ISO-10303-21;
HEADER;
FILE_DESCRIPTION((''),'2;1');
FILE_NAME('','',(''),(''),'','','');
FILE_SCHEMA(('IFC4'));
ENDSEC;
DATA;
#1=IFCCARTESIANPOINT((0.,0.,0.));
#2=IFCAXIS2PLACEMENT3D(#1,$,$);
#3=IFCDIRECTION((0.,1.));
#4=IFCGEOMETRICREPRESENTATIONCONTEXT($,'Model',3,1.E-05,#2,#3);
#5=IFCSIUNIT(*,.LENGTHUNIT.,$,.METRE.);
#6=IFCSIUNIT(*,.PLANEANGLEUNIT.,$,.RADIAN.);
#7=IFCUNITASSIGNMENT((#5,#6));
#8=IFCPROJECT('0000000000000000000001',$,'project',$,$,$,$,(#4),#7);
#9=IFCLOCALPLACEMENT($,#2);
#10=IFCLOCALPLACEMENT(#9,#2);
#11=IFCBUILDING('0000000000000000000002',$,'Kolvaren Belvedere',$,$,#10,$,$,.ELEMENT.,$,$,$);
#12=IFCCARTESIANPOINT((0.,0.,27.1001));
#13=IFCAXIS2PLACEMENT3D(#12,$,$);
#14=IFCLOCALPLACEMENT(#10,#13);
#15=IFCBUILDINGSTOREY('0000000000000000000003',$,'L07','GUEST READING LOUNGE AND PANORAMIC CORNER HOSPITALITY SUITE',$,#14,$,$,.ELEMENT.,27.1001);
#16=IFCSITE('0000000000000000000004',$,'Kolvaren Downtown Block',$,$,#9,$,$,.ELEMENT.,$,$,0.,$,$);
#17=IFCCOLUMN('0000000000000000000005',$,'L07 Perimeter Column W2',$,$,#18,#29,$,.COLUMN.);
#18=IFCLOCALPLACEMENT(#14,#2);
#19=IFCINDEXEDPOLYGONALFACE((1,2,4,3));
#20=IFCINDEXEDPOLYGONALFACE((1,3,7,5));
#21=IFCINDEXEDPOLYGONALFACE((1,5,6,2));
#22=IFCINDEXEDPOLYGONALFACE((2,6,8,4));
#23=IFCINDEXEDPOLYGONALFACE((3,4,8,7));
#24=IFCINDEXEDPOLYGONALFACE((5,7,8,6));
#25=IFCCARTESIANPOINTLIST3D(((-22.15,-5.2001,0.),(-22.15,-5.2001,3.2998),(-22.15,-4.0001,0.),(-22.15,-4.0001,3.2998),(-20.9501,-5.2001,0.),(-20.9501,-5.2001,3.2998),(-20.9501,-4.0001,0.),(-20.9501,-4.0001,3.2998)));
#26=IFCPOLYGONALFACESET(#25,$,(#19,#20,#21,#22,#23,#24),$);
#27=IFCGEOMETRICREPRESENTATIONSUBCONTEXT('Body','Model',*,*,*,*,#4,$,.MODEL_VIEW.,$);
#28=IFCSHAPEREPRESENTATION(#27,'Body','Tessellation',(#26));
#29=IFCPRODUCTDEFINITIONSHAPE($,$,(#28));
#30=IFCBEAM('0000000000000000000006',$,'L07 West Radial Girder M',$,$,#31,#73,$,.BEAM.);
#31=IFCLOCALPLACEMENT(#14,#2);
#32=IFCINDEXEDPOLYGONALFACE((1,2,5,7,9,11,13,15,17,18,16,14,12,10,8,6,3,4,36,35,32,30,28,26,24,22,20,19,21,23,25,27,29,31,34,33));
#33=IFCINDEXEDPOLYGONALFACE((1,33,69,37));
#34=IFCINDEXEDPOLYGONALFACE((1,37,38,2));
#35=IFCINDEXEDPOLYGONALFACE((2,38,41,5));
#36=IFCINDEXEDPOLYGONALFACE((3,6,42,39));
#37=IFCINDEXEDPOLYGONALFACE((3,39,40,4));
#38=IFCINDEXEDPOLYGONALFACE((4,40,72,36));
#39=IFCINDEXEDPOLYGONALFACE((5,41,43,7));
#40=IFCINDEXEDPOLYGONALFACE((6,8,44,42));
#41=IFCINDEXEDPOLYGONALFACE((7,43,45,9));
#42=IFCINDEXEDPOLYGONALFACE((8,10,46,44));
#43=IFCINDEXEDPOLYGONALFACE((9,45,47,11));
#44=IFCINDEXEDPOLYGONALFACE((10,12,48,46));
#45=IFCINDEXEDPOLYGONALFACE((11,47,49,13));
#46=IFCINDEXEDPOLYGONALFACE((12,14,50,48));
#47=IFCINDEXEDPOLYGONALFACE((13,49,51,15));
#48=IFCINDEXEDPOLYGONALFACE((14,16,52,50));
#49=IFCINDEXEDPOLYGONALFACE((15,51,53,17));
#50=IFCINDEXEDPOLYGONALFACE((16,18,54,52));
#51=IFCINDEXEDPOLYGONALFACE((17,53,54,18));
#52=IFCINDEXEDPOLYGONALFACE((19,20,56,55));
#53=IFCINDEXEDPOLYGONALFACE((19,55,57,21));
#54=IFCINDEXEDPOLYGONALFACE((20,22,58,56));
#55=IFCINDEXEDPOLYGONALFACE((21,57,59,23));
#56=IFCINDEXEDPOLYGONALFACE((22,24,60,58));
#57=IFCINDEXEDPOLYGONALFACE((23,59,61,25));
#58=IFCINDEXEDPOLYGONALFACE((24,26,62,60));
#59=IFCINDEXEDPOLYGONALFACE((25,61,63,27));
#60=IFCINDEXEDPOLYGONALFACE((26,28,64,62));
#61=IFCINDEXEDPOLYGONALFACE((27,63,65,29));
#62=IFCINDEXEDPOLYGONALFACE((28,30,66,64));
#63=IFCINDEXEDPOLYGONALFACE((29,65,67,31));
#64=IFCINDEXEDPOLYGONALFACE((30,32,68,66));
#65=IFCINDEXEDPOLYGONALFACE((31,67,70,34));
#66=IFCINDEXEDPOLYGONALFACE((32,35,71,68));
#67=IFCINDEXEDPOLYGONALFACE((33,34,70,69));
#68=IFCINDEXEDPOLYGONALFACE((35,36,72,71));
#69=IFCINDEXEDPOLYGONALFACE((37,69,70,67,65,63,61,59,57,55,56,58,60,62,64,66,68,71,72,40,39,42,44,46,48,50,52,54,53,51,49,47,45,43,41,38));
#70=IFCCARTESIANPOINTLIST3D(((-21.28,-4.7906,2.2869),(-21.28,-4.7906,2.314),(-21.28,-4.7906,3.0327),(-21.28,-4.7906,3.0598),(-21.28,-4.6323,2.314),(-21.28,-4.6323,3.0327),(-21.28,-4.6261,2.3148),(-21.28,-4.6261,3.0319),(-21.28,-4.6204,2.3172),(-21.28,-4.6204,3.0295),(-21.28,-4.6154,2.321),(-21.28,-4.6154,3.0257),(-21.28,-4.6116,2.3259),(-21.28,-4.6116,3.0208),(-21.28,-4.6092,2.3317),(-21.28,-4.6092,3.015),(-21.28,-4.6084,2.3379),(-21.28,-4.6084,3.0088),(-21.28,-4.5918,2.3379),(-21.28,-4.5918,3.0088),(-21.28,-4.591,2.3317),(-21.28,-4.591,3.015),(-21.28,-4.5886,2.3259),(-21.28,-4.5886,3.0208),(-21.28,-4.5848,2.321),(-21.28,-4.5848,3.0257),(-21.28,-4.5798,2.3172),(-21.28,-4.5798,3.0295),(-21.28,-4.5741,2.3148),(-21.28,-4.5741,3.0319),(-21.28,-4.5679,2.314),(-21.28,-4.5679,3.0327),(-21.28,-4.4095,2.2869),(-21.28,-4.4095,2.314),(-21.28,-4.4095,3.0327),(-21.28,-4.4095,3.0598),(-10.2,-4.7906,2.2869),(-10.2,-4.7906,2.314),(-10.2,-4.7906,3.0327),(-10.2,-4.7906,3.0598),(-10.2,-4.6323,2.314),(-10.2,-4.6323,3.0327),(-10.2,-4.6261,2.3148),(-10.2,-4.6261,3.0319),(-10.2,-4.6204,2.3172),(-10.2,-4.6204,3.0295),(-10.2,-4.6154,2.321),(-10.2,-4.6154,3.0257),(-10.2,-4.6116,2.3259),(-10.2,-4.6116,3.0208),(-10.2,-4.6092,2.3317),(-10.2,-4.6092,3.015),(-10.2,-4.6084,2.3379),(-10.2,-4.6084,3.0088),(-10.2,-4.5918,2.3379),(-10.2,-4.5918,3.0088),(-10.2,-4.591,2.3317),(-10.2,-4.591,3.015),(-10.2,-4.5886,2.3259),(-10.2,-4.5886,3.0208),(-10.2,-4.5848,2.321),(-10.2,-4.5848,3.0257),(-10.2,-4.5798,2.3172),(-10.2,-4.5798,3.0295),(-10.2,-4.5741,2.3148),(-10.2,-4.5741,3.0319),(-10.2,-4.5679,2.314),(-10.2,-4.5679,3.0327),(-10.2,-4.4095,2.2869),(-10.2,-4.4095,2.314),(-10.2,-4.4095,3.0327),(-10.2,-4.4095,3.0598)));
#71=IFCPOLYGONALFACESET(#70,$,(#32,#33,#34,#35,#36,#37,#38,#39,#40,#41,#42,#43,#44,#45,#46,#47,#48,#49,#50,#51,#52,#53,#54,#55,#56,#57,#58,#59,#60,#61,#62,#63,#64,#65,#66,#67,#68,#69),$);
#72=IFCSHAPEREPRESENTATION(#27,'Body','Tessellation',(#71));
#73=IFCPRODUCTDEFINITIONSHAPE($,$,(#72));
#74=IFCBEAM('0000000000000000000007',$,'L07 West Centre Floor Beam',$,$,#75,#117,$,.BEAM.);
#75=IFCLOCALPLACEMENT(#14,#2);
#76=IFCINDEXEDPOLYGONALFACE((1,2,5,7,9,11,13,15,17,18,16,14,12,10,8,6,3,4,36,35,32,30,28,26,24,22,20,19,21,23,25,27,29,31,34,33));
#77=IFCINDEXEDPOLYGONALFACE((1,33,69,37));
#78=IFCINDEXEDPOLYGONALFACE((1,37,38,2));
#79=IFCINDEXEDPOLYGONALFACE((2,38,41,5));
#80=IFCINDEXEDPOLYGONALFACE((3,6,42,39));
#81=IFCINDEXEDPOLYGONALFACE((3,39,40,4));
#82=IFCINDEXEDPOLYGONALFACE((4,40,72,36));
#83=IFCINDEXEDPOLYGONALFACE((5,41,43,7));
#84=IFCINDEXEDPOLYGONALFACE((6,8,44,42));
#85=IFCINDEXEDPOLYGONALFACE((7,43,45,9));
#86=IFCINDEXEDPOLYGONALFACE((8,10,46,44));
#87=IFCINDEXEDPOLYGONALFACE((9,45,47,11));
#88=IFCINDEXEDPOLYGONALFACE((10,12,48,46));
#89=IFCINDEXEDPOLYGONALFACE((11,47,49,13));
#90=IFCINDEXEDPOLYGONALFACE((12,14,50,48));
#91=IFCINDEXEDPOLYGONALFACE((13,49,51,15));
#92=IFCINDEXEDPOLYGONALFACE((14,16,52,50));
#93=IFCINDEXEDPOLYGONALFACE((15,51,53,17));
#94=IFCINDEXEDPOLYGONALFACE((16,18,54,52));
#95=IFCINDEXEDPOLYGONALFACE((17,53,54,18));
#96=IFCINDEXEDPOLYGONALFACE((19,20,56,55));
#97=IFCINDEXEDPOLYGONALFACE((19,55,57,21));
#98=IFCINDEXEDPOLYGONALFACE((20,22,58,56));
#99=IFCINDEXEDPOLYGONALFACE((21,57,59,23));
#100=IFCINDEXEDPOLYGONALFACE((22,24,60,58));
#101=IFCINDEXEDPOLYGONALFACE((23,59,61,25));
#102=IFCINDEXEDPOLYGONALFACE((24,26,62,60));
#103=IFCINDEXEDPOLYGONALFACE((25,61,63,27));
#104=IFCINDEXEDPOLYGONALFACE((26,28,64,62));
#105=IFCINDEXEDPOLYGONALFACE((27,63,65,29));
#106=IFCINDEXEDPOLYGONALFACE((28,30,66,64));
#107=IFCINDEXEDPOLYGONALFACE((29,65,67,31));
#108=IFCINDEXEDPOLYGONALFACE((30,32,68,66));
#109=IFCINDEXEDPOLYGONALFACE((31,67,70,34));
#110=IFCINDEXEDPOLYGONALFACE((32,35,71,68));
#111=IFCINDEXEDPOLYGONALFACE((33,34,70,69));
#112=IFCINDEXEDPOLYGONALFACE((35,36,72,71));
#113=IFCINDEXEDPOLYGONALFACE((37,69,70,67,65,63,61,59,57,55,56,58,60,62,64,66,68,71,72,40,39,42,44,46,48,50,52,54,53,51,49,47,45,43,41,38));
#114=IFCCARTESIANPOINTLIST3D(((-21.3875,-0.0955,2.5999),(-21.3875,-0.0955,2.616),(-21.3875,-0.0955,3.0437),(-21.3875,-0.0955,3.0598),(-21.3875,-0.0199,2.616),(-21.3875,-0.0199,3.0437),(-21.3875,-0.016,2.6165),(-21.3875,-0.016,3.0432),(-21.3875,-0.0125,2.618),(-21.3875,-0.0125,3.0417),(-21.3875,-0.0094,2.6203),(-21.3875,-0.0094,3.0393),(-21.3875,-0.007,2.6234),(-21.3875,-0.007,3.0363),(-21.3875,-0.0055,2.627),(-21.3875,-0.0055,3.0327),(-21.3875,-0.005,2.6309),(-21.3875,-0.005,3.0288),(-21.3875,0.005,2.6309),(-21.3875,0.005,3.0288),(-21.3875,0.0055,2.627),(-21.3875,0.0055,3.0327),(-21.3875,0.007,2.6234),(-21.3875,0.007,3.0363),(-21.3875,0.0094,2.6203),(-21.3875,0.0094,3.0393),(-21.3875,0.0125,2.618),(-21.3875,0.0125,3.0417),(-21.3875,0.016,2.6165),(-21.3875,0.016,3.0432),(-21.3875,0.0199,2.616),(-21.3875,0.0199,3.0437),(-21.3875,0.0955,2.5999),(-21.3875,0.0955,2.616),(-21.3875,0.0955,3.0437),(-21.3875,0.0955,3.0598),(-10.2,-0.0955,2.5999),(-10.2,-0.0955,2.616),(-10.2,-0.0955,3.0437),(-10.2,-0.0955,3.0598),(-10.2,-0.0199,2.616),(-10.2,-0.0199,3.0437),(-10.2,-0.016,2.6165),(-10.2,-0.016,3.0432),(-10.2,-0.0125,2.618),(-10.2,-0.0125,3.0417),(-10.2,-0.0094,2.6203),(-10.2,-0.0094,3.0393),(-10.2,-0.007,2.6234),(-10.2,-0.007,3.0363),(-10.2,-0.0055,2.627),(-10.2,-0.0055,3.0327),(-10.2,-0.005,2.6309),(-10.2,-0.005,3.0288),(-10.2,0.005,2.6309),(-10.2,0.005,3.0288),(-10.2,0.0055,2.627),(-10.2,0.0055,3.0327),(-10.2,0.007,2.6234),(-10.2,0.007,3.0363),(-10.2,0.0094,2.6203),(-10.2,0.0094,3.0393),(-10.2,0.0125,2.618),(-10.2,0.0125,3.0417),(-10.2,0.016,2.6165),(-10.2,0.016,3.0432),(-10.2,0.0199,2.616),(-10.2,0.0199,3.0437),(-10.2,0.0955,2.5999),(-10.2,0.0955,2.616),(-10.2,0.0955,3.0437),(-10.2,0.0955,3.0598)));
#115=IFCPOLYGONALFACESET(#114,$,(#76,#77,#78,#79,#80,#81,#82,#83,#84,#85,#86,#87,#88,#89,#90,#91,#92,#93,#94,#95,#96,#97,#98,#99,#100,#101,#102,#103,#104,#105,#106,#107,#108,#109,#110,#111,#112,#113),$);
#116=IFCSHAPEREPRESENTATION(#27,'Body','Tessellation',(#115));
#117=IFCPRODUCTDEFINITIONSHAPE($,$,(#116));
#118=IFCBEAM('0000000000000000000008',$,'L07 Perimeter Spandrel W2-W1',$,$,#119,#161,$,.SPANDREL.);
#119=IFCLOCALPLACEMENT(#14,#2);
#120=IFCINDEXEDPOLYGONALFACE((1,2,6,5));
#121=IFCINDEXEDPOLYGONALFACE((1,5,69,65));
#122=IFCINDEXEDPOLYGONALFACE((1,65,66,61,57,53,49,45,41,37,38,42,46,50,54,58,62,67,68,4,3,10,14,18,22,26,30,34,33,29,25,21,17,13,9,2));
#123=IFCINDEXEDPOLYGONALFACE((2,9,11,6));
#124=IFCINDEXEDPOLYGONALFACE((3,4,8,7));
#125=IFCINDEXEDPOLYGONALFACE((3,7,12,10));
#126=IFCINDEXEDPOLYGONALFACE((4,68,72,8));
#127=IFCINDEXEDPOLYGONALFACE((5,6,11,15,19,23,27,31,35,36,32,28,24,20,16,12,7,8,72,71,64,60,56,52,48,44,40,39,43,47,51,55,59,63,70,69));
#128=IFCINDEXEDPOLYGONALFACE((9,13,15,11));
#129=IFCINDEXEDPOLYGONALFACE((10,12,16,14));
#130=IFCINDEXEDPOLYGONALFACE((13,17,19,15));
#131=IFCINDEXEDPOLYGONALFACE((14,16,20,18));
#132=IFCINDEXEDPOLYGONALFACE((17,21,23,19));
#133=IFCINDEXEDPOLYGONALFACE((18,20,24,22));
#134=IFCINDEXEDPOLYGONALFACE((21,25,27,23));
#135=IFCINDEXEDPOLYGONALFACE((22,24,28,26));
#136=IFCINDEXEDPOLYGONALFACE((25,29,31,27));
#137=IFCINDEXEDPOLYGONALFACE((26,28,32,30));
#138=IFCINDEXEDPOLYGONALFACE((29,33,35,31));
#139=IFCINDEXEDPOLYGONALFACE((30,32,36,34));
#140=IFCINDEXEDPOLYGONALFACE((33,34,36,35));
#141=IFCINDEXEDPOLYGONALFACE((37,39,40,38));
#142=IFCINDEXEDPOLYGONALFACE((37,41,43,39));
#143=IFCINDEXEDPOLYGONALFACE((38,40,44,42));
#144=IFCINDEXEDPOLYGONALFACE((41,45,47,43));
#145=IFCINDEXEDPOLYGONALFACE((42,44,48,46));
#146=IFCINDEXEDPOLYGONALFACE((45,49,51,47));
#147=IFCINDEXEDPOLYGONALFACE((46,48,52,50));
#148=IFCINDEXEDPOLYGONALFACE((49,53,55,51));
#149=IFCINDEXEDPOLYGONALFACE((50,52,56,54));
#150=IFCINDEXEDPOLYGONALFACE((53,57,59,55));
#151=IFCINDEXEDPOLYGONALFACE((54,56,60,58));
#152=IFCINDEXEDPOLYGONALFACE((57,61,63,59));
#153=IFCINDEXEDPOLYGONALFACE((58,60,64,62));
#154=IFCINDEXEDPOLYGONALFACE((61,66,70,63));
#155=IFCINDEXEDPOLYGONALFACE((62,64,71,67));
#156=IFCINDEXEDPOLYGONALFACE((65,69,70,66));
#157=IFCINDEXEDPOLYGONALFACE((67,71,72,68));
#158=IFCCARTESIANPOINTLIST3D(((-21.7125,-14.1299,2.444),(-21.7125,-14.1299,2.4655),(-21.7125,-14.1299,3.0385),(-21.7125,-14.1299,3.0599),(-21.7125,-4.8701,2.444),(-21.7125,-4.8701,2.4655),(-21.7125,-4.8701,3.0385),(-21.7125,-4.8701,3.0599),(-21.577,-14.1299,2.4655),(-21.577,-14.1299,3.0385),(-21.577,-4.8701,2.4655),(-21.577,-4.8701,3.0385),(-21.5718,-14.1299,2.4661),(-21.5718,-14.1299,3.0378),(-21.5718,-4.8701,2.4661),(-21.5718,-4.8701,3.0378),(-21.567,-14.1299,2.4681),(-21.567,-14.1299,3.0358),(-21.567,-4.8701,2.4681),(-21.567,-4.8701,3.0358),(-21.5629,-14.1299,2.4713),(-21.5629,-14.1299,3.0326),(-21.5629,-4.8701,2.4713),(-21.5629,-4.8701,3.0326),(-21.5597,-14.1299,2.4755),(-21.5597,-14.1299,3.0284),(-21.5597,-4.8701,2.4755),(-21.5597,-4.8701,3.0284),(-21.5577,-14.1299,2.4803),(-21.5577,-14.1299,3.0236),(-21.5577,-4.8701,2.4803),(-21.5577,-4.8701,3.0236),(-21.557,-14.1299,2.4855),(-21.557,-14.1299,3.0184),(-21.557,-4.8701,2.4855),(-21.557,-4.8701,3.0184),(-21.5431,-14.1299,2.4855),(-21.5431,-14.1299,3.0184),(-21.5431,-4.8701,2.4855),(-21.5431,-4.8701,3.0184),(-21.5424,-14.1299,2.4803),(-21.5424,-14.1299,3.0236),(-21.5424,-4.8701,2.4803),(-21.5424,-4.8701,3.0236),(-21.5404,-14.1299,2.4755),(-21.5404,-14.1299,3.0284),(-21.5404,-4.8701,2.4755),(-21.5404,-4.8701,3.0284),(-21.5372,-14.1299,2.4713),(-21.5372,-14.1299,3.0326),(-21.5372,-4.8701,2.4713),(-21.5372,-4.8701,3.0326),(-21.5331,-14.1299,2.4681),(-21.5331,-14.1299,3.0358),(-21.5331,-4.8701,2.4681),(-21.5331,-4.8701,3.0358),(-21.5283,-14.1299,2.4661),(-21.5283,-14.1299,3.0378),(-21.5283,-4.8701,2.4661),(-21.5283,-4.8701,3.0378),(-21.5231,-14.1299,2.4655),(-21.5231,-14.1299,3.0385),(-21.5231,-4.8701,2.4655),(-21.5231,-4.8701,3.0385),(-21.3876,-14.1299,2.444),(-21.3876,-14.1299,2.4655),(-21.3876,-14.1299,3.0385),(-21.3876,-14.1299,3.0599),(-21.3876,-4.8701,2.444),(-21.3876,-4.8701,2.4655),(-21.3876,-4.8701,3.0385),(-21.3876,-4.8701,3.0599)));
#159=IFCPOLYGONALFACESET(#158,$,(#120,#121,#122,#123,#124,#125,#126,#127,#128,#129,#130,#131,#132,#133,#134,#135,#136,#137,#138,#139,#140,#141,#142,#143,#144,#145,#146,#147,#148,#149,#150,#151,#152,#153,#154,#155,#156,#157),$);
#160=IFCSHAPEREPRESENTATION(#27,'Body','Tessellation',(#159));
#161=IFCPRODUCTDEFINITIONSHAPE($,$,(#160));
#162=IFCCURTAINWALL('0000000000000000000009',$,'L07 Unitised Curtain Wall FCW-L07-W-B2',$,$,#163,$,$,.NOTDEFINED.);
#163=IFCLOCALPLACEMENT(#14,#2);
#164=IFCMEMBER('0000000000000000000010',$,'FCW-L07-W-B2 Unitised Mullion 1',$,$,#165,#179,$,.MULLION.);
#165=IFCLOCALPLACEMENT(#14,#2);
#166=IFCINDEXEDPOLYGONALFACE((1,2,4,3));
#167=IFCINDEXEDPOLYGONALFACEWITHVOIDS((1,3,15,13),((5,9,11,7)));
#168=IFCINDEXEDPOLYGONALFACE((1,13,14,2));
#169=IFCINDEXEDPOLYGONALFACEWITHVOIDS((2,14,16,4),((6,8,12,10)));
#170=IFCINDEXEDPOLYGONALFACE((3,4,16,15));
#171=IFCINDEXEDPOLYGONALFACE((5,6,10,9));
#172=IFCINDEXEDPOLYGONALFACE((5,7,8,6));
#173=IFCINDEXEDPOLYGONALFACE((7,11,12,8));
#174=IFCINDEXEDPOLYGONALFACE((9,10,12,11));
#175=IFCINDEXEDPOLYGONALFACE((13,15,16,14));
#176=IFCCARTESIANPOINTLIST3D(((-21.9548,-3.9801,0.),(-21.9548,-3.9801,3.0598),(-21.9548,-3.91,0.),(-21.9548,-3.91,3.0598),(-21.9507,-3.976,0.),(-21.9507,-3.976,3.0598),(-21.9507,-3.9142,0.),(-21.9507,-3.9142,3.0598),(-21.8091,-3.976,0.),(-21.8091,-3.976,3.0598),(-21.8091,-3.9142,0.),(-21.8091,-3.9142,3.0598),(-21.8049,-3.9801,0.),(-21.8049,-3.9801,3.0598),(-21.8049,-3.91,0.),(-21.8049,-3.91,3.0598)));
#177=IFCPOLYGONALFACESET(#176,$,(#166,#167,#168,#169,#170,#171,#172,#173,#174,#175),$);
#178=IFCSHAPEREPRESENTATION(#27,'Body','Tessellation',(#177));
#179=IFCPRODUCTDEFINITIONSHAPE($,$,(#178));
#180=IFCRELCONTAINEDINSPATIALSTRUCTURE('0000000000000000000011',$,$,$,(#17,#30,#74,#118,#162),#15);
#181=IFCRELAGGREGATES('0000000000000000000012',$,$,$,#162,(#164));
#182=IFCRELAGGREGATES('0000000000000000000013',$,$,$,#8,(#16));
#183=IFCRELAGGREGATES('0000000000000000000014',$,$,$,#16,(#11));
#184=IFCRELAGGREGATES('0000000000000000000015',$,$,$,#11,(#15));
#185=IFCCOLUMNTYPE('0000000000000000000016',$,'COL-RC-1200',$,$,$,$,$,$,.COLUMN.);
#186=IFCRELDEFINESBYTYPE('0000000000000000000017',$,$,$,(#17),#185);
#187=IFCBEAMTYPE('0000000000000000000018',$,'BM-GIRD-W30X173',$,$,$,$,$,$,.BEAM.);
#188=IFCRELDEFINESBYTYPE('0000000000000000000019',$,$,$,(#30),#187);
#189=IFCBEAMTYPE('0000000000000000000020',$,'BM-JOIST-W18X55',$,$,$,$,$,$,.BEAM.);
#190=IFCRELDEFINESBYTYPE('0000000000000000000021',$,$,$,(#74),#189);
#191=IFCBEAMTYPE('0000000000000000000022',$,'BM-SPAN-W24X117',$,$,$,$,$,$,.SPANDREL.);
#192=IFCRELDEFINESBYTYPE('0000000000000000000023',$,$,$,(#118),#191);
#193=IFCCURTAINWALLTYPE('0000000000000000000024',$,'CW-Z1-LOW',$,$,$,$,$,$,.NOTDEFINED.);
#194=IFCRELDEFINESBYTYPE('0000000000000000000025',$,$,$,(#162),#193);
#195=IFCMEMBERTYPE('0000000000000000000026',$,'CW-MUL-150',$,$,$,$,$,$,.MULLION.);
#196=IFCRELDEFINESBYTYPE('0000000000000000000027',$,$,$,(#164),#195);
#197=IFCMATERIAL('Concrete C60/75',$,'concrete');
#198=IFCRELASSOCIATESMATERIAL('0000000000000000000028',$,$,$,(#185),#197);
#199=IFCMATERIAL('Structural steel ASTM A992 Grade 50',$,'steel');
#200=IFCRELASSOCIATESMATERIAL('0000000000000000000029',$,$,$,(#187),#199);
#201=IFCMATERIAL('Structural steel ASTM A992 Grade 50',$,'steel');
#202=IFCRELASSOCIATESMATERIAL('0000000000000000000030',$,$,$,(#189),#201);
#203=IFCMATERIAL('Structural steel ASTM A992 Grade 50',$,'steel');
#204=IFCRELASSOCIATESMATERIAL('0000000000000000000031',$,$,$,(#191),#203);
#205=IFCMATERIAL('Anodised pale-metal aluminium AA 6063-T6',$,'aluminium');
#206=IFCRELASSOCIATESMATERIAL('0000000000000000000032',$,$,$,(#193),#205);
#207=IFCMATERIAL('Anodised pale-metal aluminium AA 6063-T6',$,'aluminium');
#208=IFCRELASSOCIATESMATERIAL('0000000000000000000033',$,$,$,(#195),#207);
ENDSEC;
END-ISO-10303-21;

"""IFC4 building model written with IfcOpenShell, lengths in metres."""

from ifc_helpers import new_model, si_unit, direction, frame, origin, origin_2d, place, context, subcontext, project, spatial, rectangle, hollow_rectangle, i_section, extrude, material, material_profile, profile_set, type_object, element, aggregate, save


model = new_model("IFC4")

# Units and contexts
model_context = context("Model", 3, precision=1e-05, world=origin(), true_north=direction((0.0, 1.0)))
body_context = subcontext(model_context, "Body", "Model", "MODEL_VIEW")
ifc_project = project(units=[si_unit("LENGTHUNIT", "METRE"), si_unit("PLANEANGLEUNIT", "RADIAN")], contexts=[model_context])

# Site, building, storey
site_placement = place(None, origin())
site = spatial("IfcSite", under=ifc_project, at=site_placement, Name="Kolvaren Downtown Block", CompositionType="ELEMENT", RefElevation=0.0)
building_placement = place(site_placement, origin())
building = spatial("IfcBuilding", under=site, at=building_placement, Name="Kolvaren Belvedere", CompositionType="ELEMENT")
storey_placement = place(building_placement, frame((0.0, 0.0, 27.1001)))
storey = spatial("IfcBuildingStorey", under=building, at=storey_placement, Name="L07", Description="GUEST READING LOUNGE AND PANORAMIC CORNER HOSPITALITY SUITE", CompositionType="ELEMENT", Elevation=27.1001)

# Column
ifc_material_1 = material(Name="Concrete C60/75", Category="concrete")
ifc_material_profile_1 = material_profile(ifc_material_1, rectangle(XDim=1.2, YDim=1.2, at=origin_2d()), Name="RC 1200X1200")
ifc_profile_set_1 = profile_set([ifc_material_profile_1], Name="Concrete C60/75")
column_type = type_object("IfcColumnType", Name="COL-RC-1200", PredefinedType="COLUMN", material=ifc_profile_set_1)
column_placement = place(storey_placement, frame((-21.55, -4.6001, 0.0), z_axis=(0.0, 0.0, 1.0), x_axis=(1.0, 0.0, 0.0)))
element("IfcColumn", 1, at=column_placement, inside=storey, type_object=column_type, Name="L07 Perimeter Column W2", PredefinedType="COLUMN", context=body_context, shape_type="SweptSolid", body=[
    extrude(rectangle(XDim=1.2, YDim=1.2, at=origin_2d()), origin(), (0.0, 0.0, 1.0), 3.2998),
])

# Beams
ifc_material_2 = material(Name="Structural steel ASTM A992 Grade 50", Category="steel")
ifc_material_profile_2 = material_profile(ifc_material_2, i_section(OverallWidth=0.3811, OverallDepth=0.7729, WebThickness=0.0166, FlangeThickness=0.0271, FilletRadius=0.0239, at=origin_2d()), Name="W30X173")
ifc_profile_set_2 = profile_set([ifc_material_profile_2], Name="Structural steel ASTM A992 Grade 50")
beam_type_1 = type_object("IfcBeamType", Name="BM-GIRD-W30X173", PredefinedType="BEAM", material=ifc_profile_set_2)
beam_1_placement = place(storey_placement, frame((-10.2, -4.6001, 2.6733), z_axis=(-1.0, 0.0, 0.0), x_axis=(0.0, -1.0, 0.0)))
element("IfcBeam", 2, at=beam_1_placement, inside=storey, type_object=beam_type_1, Name="L07 West Radial Girder M", PredefinedType="BEAM", context=body_context, shape_type="SweptSolid", body=[
    extrude(i_section(OverallWidth=0.3811, OverallDepth=0.7729, WebThickness=0.0166, FlangeThickness=0.0271, FilletRadius=0.0239, at=origin_2d()), origin(), (0.0, 0.0, 1.0), 11.0801),
])
ifc_material_3 = material(Name="Structural steel ASTM A992 Grade 50", Category="steel")
ifc_material_profile_3 = material_profile(ifc_material_3, i_section(OverallWidth=0.1909, OverallDepth=0.46, WebThickness=0.01, FlangeThickness=0.0161, FilletRadius=0.0149, at=origin_2d()), Name="W18X55")
ifc_profile_set_3 = profile_set([ifc_material_profile_3], Name="Structural steel ASTM A992 Grade 50")
beam_type_2 = type_object("IfcBeamType", Name="BM-JOIST-W18X55", PredefinedType="BEAM", material=ifc_profile_set_3)
beam_2_placement = place(storey_placement, frame((-10.2, 0.0, 2.8298), z_axis=(-1.0, 0.0, 0.0), x_axis=(0.0, -1.0, 0.0)))
element("IfcBeam", 3, at=beam_2_placement, inside=storey, type_object=beam_type_2, Name="L07 West Centre Floor Beam", PredefinedType="BEAM", context=body_context, shape_type="SweptSolid", body=[
    extrude(i_section(OverallWidth=0.1909, OverallDepth=0.46, WebThickness=0.01, FlangeThickness=0.0161, FilletRadius=0.0149, at=origin_2d()), origin(), (0.0, 0.0, 1.0), 11.1875),
])
ifc_material_4 = material(Name="Structural steel ASTM A992 Grade 50", Category="steel")
ifc_material_profile_4 = material_profile(ifc_material_4, i_section(OverallWidth=0.325, OverallDepth=0.616, WebThickness=0.0139, FlangeThickness=0.0215, FilletRadius=0.02, at=origin_2d()), Name="W24X117")
ifc_profile_set_4 = profile_set([ifc_material_profile_4], Name="Structural steel ASTM A992 Grade 50")
beam_type_3 = type_object("IfcBeamType", Name="BM-SPAN-W24X117", PredefinedType="SPANDREL", material=ifc_profile_set_4)
beam_3_placement = place(storey_placement, frame((-21.55, -4.8701, 2.752), z_axis=(0.0, -1.0, 0.0), x_axis=(1.0, 0.0, 0.0)))
element("IfcBeam", 4, at=beam_3_placement, inside=storey, type_object=beam_type_3, Name="L07 Perimeter Spandrel W2-W1", PredefinedType="SPANDREL", context=body_context, shape_type="SweptSolid", body=[
    extrude(i_section(OverallWidth=0.325, OverallDepth=0.616, WebThickness=0.0139, FlangeThickness=0.0215, FilletRadius=0.02, at=origin_2d()), origin(), (0.0, 0.0, 1.0), 9.2598),
])

# Curtain wall, member
ifc_material_5 = material(Name="Anodised pale-metal aluminium AA 6063-T6", Category="aluminium")
curtain_wall_type = type_object("IfcCurtainWallType", Name="CW-Z1-LOW", PredefinedType="NOTDEFINED", material=ifc_material_5)
curtain_wall_placement = place(storey_placement, origin())
curtain_wall = element("IfcCurtainWall", 5, at=curtain_wall_placement, inside=storey, type_object=curtain_wall_type, Name="L07 Unitised Curtain Wall FCW-L07-W-B2", PredefinedType="NOTDEFINED")
ifc_material_6 = material(Name="Anodised pale-metal aluminium AA 6063-T6", Category="aluminium")
ifc_material_profile_5 = material_profile(ifc_material_6, hollow_rectangle(XDim=0.0701, YDim=0.1499, WallThickness=0.0042, at=origin_2d()), Name="ALU-MUL-150X70")
ifc_profile_set_5 = profile_set([ifc_material_profile_5], Name="Anodised pale-metal aluminium AA 6063-T6")
member_type_1 = type_object("IfcMemberType", Name="CW-MUL-150", PredefinedType="MULLION", material=ifc_profile_set_5)
member_1_placement = place(storey_placement, frame((-21.8799, -3.9451, 0.0), z_axis=(0.0, 0.0, 1.0), x_axis=(0.0, 1.0, 0.0)))
member_1 = element("IfcMember", 6, at=member_1_placement, type_object=member_type_1, Name="FCW-L07-W-B2 Unitised Mullion 1", PredefinedType="MULLION", context=body_context, shape_type="SweptSolid", body=[
    extrude(hollow_rectangle(XDim=0.0701, YDim=0.1499, WallThickness=0.0042, at=origin_2d()), origin(), (0.0, 0.0, 1.0), 3.0598),
])
aggregate(curtain_wall, [member_1])

save(model, "model.ifc")
